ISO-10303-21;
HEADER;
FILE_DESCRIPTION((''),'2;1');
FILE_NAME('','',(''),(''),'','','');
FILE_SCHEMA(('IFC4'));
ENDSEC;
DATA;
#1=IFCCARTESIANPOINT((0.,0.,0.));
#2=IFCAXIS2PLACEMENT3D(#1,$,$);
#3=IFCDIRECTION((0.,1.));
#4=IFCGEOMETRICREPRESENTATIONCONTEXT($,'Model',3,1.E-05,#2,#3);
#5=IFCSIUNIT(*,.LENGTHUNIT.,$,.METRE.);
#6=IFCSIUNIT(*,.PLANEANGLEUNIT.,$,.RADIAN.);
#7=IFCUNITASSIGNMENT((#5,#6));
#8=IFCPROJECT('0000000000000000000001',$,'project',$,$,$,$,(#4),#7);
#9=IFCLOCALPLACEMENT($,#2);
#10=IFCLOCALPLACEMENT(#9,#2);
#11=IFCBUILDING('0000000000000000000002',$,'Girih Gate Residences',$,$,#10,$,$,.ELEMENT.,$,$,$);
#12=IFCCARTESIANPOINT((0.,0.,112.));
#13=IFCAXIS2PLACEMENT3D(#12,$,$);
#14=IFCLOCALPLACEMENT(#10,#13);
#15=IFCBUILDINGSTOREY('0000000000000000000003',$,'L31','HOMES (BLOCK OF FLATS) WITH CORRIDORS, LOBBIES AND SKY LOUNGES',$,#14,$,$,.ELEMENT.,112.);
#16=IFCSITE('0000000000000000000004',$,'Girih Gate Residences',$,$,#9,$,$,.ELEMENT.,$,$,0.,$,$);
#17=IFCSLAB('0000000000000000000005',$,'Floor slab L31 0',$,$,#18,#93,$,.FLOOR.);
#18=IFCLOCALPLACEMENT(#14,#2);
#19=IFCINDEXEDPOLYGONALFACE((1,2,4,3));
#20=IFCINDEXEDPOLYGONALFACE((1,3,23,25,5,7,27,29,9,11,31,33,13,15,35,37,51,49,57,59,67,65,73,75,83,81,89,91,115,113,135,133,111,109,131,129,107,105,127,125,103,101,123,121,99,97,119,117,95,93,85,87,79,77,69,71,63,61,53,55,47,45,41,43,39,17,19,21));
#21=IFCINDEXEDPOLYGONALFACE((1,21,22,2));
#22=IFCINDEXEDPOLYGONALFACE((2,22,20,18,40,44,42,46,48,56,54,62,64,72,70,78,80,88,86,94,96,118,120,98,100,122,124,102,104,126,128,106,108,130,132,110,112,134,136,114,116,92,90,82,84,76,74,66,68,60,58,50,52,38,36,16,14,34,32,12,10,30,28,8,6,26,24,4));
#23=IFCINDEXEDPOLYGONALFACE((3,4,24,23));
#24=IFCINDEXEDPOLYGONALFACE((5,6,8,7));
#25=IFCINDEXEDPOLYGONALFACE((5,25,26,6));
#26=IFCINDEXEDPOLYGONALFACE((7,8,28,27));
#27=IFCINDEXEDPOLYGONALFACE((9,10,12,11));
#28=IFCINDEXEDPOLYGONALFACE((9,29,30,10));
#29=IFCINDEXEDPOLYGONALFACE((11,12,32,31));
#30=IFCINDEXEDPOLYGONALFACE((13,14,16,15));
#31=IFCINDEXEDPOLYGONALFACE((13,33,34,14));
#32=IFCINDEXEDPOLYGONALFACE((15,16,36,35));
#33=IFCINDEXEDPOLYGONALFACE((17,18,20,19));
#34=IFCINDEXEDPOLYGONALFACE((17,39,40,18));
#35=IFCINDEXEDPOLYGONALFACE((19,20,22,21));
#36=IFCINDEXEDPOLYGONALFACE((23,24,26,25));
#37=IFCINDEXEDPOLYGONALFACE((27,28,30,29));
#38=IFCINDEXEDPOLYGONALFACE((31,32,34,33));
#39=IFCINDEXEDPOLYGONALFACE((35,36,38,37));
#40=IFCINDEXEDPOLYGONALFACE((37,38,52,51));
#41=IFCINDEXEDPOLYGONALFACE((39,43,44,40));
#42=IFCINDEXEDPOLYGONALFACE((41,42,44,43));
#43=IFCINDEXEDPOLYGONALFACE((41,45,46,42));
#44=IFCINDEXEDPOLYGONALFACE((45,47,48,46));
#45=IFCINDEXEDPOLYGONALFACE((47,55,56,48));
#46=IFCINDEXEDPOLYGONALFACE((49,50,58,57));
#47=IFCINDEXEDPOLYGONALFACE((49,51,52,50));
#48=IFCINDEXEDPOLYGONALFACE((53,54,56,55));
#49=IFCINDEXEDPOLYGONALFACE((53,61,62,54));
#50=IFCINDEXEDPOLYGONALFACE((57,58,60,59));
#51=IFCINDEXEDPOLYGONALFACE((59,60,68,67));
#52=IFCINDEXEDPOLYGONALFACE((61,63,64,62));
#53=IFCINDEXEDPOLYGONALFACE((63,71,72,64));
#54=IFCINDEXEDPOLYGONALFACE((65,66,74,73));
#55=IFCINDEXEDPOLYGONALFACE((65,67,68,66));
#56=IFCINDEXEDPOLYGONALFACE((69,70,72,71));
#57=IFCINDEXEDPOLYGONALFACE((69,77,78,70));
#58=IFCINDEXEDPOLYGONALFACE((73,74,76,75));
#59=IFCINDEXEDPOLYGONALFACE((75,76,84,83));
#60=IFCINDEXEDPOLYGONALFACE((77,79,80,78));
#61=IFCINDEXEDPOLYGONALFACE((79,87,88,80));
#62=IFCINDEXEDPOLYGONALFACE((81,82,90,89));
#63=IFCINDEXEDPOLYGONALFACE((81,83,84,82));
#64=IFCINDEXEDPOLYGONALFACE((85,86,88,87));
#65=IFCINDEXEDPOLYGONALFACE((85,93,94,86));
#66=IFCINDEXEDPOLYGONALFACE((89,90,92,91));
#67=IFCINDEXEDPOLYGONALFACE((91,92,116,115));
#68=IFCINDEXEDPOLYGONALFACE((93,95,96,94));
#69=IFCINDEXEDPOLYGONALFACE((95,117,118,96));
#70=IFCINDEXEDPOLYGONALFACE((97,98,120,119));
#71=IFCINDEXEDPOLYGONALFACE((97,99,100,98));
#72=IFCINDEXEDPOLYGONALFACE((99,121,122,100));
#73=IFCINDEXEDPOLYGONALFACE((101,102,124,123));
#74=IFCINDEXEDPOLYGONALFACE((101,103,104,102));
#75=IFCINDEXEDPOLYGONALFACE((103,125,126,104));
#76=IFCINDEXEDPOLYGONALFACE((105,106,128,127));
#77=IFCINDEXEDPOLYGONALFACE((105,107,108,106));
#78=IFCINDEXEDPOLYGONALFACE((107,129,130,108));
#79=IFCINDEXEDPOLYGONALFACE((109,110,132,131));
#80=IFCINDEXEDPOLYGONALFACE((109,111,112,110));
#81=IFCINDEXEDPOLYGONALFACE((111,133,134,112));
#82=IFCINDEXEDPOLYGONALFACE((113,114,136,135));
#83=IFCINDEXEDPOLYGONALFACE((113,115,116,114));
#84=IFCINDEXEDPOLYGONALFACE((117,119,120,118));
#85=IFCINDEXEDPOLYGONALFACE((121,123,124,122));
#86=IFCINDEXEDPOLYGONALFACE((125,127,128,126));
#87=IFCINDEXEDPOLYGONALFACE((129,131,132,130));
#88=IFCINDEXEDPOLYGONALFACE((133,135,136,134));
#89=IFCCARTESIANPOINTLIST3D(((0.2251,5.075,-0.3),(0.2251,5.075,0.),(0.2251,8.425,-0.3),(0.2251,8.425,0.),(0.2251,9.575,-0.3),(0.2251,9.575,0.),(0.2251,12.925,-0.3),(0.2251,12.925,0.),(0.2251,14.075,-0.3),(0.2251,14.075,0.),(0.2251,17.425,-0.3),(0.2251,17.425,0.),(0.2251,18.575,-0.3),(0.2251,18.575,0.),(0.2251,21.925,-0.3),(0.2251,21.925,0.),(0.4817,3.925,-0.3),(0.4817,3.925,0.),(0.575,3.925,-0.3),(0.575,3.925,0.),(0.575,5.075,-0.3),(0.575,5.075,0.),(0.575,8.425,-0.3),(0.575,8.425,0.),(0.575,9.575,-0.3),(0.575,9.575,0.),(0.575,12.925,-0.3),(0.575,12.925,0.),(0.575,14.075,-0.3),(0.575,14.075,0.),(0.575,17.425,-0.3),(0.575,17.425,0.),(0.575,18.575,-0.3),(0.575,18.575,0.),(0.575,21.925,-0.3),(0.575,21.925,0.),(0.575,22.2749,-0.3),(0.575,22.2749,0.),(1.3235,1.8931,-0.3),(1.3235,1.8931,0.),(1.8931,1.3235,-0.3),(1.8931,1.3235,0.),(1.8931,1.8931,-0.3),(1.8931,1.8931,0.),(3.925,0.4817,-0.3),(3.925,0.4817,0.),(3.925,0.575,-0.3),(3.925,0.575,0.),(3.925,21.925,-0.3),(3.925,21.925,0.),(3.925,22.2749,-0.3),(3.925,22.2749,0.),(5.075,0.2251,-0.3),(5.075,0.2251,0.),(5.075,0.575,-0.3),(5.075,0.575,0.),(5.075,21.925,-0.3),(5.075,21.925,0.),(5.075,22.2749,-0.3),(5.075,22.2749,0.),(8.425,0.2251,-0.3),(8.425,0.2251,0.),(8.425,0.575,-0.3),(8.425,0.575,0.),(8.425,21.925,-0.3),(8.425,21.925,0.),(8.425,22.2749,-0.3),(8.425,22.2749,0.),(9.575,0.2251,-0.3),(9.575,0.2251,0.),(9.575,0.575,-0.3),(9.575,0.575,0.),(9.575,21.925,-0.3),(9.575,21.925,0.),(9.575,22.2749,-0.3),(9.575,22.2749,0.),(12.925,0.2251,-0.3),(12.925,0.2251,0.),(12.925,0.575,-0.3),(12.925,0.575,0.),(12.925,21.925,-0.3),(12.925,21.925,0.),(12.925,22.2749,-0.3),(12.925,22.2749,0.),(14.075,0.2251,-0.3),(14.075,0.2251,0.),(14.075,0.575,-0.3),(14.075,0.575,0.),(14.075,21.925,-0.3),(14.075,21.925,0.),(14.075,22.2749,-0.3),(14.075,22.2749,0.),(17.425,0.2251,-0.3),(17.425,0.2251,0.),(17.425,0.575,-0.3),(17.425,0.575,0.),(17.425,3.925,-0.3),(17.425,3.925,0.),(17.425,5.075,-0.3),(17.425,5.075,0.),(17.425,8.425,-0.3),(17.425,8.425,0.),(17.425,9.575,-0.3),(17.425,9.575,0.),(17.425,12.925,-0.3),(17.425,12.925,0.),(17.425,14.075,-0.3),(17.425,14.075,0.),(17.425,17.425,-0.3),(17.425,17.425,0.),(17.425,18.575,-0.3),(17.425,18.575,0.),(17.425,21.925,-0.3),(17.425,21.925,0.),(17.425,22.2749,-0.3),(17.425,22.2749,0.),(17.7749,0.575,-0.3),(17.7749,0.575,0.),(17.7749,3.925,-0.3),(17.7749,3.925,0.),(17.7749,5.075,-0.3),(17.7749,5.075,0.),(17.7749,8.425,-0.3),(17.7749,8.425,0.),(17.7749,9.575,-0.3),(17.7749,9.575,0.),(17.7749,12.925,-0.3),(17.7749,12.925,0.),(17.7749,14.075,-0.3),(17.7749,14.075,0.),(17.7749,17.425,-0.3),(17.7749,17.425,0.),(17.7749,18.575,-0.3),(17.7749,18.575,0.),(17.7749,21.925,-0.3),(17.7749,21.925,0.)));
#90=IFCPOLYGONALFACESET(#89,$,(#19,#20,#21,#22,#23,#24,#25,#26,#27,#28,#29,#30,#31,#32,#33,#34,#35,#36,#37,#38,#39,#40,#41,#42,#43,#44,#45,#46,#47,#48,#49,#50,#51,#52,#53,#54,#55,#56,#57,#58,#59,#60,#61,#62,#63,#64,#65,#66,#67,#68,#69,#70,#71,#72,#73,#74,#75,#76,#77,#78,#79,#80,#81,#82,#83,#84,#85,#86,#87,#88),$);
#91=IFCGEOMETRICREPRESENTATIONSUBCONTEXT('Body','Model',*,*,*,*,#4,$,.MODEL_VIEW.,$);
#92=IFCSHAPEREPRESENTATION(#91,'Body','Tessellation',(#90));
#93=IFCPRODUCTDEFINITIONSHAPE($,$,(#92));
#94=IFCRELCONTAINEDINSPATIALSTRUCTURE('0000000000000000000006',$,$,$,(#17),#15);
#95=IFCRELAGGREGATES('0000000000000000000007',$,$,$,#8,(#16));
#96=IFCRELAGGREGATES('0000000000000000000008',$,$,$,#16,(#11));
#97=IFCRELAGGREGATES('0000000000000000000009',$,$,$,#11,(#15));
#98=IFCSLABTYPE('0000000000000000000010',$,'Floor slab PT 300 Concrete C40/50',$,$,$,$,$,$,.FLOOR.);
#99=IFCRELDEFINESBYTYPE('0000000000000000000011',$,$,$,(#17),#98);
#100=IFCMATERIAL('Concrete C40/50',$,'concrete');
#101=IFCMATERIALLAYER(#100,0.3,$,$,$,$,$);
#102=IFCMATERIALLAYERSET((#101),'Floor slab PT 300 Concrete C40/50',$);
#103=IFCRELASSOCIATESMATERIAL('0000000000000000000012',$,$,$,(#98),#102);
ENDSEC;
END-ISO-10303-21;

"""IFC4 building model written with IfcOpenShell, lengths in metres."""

from ifc_helpers import new_model, si_unit, direction, frame, origin, place, context, subcontext, project, spatial, polyline, outline, extrude, material, layer, layer_set, type_object, element, save


model = new_model("IFC4")

# Units and contexts
model_context = context("Model", 3, precision=1e-05, world=origin(), true_north=direction((0.0, 1.0)))
body_context = subcontext(model_context, "Body", "Model", "MODEL_VIEW")
ifc_project = project(units=[si_unit("LENGTHUNIT", "METRE"), si_unit("PLANEANGLEUNIT", "RADIAN")], contexts=[model_context])

# Site, building, storey
site_placement = place(None, origin())
site = spatial("IfcSite", under=ifc_project, at=site_placement, Name="Girih Gate Residences", CompositionType="ELEMENT", RefElevation=0.0)
building_placement = place(site_placement, origin())
building = spatial("IfcBuilding", under=site, at=building_placement, Name="Girih Gate Residences", CompositionType="ELEMENT")
storey_placement = place(building_placement, frame((0.0, 0.0, 112.0)))
storey = spatial("IfcBuildingStorey", under=building, at=storey_placement, Name="L31", Description="HOMES (BLOCK OF FLATS) WITH CORRIDORS, LOBBIES AND SKY LOUNGES", CompositionType="ELEMENT", Elevation=112.0)

# Slab
ifc_material_1 = material(Name="Concrete C40/50", Category="concrete")
ifc_layer_1 = layer(ifc_material_1, 0.3)
ifc_layer_set_1 = layer_set([ifc_layer_1], Name="Floor slab PT 300 Concrete C40/50")
slab_type_1 = type_object("IfcSlabType", Name="Floor slab PT 300 Concrete C40/50", PredefinedType="FLOOR", material=ifc_layer_set_1)
slab_1_placement = place(storey_placement, frame((0.0, 0.0, -0.3)))
element("IfcSlab", 1, at=slab_1_placement, inside=storey, type_object=slab_type_1, Name="Floor slab L31 0", PredefinedType="FLOOR", context=body_context, shape_type="SweptSolid", body=[
    extrude(outline(polyline([(0.2251, 8.425), (0.2251, 5.075), (0.575, 5.075), (0.575, 3.925), (0.4817, 3.925), (1.3235, 1.8931), (1.8931, 1.8931), (1.8931, 1.3235), (3.925, 0.4817), (3.925, 0.575), (5.075, 0.575), (5.075, 0.2251), (8.425, 0.2251), (8.425, 0.575), (9.575, 0.575), (9.575, 0.2251), (12.925, 0.2251), (12.925, 0.575), (14.075, 0.575), (14.075, 0.2251), (17.425, 0.2251), (17.425, 0.575), (17.7749, 0.575), (17.7749, 3.925), (17.425, 3.925), (17.425, 5.075), (17.7749, 5.075), (17.7749, 8.425), (17.425, 8.425), (17.425, 9.575), (17.7749, 9.575), (17.7749, 12.925), (17.425, 12.925), (17.425, 14.075), (17.7749, 14.075), (17.7749, 17.425), (17.425, 17.425), (17.425, 18.575), (17.7749, 18.575), (17.7749, 21.925), (17.425, 21.925), (17.425, 22.2749), (14.075, 22.2749), (14.075, 21.925), (12.925, 21.925), (12.925, 22.2749), (9.575, 22.2749), (9.575, 21.925), (8.425, 21.925), (8.425, 22.2749), (5.075, 22.2749), (5.075, 21.925), (3.925, 21.925), (3.925, 22.2749), (0.575, 22.2749), (0.575, 21.925), (0.2251, 21.925), (0.2251, 18.575), (0.575, 18.575), (0.575, 17.425), (0.2251, 17.425), (0.2251, 14.075), (0.575, 14.075), (0.575, 12.925), (0.2251, 12.925), (0.2251, 9.575), (0.575, 9.575), (0.575, 8.425), (0.2251, 8.425)])), origin(), (0.0, 0.0, 1.0), 0.3),
])

save(model, "model.ifc")
